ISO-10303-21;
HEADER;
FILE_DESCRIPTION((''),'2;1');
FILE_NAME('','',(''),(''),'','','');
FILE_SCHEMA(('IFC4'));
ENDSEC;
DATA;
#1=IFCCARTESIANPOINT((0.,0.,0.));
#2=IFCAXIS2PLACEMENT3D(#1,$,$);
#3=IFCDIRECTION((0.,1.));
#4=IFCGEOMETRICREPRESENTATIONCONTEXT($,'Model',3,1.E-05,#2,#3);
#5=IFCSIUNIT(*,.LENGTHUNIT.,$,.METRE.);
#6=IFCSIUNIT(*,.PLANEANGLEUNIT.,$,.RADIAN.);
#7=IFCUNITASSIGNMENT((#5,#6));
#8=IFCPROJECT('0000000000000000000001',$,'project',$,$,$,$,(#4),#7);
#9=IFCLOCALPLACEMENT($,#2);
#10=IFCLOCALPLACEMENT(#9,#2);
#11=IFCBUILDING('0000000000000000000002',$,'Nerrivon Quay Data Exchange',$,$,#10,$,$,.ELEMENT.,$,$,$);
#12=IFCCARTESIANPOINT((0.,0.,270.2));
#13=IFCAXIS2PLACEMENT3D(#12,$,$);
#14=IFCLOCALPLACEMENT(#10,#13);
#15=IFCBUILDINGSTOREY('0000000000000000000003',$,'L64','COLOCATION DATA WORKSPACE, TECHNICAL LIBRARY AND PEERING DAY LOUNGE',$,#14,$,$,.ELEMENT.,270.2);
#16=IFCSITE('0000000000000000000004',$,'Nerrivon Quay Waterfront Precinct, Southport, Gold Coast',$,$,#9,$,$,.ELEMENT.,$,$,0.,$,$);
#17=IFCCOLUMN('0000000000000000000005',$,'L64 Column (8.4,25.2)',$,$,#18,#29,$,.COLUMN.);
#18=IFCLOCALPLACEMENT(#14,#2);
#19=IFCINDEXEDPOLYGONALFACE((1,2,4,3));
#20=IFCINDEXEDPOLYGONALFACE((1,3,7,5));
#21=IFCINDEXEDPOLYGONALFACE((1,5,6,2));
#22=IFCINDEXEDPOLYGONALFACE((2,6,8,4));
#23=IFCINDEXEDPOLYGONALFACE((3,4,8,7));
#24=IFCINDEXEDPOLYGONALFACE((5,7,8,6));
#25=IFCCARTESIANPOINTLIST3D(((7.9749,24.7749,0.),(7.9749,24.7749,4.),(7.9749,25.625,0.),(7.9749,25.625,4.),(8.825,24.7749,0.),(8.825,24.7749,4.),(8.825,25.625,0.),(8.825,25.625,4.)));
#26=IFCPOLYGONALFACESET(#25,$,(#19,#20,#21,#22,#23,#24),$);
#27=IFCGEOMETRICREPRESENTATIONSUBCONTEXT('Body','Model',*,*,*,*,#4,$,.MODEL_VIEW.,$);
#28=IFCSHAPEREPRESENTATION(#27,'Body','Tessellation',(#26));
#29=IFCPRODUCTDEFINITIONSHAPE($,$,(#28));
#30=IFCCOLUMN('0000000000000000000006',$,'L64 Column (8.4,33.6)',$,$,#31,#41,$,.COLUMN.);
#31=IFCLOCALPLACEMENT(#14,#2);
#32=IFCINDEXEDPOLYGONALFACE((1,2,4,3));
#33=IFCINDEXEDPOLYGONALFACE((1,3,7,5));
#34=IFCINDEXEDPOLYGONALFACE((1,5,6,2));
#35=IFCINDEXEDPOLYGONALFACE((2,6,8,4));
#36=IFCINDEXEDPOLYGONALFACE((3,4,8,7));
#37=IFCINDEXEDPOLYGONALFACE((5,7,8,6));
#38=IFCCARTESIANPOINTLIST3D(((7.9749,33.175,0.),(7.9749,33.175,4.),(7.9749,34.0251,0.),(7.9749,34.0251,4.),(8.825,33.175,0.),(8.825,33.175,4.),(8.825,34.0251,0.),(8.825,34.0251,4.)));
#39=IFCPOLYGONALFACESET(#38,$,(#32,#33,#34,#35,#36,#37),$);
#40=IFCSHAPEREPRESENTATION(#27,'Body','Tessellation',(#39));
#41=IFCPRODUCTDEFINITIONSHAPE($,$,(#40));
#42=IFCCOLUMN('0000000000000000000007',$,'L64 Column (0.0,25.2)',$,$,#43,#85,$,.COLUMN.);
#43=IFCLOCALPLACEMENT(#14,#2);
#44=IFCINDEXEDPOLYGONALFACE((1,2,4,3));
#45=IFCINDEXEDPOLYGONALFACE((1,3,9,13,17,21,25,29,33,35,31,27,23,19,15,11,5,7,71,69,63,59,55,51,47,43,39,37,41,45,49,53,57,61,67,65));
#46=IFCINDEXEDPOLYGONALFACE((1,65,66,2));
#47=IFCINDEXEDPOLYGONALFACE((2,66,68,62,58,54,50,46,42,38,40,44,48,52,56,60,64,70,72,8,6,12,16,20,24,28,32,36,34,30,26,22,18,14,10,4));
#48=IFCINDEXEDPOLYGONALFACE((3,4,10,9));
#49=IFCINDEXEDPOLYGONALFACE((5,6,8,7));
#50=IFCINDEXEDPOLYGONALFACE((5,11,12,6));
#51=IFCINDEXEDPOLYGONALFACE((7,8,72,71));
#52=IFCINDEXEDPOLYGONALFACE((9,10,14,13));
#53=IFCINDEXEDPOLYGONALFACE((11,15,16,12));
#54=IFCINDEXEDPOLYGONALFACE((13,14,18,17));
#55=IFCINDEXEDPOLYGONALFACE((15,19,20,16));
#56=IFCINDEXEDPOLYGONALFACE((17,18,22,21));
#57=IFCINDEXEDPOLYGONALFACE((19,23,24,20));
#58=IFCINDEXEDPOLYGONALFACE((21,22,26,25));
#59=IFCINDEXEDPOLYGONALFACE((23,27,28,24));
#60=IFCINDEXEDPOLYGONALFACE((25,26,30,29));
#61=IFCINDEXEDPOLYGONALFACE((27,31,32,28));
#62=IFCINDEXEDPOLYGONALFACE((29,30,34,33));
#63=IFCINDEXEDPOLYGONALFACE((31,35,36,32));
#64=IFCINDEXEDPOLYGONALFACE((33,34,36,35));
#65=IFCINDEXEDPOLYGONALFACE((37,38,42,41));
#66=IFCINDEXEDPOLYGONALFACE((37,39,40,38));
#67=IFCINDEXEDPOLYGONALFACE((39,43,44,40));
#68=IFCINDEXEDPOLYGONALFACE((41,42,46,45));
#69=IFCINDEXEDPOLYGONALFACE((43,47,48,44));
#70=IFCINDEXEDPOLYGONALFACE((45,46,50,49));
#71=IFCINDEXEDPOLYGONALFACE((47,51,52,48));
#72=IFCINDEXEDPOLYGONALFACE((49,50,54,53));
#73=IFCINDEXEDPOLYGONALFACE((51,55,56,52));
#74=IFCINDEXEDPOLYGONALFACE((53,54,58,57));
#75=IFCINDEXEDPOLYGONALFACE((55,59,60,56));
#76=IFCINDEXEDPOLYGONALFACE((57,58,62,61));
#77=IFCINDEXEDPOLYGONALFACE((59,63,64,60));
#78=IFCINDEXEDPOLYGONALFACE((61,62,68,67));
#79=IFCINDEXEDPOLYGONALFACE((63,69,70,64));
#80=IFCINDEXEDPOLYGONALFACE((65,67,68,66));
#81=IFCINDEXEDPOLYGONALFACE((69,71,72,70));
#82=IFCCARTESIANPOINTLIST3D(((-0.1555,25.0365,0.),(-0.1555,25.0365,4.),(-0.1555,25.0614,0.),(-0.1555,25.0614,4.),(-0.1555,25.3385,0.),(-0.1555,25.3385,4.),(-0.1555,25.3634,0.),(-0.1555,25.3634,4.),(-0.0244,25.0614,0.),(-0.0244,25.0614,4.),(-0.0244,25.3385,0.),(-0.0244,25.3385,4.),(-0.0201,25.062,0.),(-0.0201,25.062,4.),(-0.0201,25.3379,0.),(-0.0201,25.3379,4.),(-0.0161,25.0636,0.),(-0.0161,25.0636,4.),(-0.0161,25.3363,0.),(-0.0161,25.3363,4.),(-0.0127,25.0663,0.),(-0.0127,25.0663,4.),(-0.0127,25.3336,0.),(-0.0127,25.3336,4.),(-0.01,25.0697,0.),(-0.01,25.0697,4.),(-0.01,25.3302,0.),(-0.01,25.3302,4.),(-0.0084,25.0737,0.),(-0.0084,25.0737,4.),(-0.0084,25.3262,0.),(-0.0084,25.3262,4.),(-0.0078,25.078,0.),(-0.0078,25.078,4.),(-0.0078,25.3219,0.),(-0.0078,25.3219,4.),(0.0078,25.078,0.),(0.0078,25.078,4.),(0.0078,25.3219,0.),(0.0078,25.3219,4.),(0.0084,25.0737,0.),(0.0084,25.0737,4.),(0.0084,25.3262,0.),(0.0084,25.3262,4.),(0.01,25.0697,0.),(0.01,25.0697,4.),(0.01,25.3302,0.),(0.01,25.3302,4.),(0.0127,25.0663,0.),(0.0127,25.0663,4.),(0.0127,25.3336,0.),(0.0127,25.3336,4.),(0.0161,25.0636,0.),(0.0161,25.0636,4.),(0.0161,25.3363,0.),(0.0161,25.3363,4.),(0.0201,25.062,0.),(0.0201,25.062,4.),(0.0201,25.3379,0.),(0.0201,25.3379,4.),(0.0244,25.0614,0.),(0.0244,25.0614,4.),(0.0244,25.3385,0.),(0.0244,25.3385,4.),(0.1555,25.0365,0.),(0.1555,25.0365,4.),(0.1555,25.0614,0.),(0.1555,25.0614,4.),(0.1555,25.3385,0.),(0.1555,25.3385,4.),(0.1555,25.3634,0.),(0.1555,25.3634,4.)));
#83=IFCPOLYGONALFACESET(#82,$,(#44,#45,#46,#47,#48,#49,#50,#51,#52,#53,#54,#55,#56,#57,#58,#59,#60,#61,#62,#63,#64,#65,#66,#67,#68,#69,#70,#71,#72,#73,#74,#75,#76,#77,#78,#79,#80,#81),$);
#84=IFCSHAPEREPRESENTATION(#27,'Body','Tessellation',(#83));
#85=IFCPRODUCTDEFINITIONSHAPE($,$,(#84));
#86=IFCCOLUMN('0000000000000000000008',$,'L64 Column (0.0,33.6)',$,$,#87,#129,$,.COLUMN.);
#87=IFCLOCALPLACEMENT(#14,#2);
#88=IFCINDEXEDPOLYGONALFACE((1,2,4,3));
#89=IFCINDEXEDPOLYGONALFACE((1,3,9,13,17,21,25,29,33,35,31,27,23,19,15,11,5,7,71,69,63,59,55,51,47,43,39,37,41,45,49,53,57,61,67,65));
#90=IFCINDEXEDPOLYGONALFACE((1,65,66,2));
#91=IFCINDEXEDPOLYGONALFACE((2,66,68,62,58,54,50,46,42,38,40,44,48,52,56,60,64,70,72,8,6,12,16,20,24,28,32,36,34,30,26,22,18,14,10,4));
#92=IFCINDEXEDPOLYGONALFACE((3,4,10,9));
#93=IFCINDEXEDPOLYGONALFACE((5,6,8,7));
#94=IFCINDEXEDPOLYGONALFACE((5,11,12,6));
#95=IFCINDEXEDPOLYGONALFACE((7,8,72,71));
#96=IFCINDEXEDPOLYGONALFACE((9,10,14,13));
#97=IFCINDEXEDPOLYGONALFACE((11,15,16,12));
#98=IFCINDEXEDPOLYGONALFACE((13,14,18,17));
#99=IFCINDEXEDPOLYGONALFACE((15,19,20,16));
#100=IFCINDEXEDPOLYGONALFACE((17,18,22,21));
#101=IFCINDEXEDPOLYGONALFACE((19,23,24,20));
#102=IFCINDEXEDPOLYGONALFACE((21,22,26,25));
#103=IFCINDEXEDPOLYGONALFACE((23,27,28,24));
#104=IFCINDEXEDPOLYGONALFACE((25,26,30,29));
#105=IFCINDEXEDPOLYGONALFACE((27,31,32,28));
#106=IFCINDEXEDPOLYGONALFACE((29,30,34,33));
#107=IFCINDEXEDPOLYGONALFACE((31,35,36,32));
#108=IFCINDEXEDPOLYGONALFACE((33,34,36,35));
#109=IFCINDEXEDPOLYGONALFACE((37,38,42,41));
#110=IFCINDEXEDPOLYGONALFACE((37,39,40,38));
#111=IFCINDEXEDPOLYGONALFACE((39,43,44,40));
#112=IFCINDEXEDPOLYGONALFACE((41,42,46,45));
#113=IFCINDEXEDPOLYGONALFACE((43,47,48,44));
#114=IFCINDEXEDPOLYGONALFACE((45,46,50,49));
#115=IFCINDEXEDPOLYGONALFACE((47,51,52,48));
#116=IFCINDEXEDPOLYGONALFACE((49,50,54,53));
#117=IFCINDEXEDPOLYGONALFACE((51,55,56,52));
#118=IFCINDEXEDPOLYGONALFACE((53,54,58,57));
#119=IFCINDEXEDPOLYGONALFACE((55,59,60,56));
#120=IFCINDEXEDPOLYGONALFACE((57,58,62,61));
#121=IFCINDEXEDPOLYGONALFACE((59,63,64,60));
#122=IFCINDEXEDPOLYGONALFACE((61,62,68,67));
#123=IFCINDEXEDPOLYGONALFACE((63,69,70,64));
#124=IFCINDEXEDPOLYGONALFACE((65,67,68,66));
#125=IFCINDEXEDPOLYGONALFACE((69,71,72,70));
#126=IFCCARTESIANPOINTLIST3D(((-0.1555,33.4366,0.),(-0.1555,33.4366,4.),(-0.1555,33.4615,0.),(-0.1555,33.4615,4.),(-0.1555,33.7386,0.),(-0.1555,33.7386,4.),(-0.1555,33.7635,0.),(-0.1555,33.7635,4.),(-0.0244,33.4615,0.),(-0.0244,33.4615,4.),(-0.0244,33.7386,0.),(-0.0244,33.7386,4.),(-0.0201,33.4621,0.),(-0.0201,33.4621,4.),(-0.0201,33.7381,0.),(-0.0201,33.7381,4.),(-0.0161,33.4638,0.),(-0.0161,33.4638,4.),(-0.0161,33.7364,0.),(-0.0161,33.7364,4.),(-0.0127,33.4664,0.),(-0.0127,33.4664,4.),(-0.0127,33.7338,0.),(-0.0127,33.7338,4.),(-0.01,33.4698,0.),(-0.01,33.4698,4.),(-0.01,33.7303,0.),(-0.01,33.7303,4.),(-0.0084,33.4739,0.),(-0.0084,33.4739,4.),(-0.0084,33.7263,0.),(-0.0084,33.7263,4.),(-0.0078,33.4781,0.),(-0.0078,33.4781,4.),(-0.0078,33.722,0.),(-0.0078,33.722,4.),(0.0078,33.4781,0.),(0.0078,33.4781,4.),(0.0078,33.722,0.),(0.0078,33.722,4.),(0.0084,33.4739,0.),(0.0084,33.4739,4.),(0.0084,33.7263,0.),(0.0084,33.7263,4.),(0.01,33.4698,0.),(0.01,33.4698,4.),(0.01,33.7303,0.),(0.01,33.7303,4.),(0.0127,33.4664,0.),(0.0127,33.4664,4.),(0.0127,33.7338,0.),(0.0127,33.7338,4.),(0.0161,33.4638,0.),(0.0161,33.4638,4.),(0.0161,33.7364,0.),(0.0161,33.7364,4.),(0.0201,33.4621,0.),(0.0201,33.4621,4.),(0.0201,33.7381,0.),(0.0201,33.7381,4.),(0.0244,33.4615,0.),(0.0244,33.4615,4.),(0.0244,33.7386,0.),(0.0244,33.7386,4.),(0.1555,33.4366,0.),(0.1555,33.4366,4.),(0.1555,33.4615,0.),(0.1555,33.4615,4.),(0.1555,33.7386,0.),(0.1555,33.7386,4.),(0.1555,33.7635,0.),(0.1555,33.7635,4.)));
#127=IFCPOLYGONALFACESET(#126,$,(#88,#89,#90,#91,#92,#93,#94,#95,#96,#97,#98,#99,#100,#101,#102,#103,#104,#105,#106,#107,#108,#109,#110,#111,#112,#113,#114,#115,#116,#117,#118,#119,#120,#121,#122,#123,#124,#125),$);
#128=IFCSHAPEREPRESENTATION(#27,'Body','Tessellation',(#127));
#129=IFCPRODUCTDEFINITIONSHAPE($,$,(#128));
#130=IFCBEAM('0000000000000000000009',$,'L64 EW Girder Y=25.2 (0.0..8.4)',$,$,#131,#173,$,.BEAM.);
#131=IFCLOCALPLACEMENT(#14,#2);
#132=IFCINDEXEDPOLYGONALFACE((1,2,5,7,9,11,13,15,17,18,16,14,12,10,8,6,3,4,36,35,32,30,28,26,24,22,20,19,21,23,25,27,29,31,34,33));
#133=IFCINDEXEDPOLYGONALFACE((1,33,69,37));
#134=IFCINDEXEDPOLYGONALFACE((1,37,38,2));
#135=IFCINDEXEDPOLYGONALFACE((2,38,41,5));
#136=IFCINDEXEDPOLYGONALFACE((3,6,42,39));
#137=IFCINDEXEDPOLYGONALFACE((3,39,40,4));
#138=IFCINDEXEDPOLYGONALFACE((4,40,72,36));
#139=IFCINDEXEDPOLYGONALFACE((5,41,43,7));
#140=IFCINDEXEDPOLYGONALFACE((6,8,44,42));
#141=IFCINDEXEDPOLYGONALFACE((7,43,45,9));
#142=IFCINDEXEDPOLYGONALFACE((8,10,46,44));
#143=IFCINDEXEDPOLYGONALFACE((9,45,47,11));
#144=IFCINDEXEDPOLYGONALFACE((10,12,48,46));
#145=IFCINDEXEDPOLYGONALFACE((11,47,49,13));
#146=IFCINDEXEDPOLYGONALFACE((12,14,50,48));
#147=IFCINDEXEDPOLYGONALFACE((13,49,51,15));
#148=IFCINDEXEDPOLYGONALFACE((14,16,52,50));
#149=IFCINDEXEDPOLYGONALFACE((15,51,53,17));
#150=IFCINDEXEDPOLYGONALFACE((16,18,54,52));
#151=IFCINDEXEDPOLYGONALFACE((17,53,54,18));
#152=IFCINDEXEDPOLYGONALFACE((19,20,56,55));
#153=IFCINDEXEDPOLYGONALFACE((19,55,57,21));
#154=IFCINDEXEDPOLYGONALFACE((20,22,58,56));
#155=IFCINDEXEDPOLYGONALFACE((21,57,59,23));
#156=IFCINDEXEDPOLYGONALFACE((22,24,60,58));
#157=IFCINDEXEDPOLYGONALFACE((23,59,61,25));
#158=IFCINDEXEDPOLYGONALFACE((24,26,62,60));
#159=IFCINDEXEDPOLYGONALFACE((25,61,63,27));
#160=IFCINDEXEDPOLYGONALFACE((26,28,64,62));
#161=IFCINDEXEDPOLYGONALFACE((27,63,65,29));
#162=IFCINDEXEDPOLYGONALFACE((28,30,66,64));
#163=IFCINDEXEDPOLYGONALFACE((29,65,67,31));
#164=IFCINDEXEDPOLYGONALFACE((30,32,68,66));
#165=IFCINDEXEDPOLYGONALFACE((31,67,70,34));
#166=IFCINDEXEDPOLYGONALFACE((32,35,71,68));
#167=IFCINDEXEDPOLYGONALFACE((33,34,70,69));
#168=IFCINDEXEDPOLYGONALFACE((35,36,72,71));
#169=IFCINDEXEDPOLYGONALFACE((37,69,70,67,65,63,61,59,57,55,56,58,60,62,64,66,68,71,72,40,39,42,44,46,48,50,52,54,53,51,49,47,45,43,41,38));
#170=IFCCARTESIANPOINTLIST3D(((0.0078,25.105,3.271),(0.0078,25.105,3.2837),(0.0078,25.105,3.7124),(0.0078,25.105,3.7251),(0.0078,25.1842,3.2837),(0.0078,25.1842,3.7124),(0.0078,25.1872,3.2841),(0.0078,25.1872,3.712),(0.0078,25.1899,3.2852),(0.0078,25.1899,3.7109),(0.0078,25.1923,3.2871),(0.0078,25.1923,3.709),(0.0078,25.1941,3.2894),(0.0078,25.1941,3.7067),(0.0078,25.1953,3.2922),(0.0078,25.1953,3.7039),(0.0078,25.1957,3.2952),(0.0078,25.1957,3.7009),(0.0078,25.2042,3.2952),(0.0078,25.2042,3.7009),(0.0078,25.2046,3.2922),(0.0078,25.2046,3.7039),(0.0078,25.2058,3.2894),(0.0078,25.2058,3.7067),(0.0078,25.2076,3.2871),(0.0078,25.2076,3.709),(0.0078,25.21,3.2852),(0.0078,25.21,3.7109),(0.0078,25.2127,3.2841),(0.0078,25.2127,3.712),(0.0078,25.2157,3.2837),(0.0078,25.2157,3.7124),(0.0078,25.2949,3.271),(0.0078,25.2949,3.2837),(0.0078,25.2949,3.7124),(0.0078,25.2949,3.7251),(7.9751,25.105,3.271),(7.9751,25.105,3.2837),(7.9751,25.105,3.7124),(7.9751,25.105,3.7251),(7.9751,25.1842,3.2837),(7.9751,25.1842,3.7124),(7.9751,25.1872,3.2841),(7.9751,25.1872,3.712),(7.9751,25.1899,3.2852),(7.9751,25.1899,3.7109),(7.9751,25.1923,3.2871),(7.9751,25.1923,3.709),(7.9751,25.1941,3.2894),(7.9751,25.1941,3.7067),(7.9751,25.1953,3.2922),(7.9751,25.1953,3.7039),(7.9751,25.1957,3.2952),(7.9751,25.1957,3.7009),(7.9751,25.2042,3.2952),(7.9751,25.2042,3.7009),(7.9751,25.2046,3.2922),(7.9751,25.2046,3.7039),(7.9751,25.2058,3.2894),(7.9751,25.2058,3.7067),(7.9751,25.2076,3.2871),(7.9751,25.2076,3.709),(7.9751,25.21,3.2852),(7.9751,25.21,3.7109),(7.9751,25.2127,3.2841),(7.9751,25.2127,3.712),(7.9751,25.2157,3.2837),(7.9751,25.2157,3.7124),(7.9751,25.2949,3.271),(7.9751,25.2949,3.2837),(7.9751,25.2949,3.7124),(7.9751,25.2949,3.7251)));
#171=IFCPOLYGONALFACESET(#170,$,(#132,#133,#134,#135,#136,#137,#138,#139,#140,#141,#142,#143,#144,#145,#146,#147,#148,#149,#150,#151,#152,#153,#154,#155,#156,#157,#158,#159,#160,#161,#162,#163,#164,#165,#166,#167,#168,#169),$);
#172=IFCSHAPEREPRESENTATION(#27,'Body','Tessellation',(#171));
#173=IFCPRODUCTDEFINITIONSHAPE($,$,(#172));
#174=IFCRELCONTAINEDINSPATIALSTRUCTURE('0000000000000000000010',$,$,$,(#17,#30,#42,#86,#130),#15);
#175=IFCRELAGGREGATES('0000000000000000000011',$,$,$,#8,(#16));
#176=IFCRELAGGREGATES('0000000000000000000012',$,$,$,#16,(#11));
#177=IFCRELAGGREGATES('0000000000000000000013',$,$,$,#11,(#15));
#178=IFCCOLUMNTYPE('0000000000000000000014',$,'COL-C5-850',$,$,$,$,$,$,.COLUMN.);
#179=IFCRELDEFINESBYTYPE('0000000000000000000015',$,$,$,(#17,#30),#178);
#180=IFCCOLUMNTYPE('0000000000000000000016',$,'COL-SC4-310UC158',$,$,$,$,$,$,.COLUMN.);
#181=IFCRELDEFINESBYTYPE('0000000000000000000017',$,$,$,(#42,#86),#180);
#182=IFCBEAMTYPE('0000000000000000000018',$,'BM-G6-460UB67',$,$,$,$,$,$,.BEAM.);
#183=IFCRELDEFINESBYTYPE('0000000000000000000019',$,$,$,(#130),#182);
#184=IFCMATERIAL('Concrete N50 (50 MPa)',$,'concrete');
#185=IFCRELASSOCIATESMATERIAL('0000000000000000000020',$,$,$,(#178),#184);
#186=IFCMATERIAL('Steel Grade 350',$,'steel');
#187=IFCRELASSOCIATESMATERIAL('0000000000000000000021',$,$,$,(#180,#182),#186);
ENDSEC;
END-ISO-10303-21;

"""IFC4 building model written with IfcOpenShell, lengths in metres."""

from ifc_helpers import new_model, si_unit, direction, frame, origin, origin_2d, place, context, subcontext, project, spatial, rectangle, i_section, extrude, material, material_profile, profile_set, type_object, element, save


model = new_model("IFC4")

# Units and contexts
model_context = context("Model", 3, precision=1e-05, world=origin(), true_north=direction((0.0, 1.0)))
body_context = subcontext(model_context, "Body", "Model", "MODEL_VIEW")
ifc_project = project(units=[si_unit("LENGTHUNIT", "METRE"), si_unit("PLANEANGLEUNIT", "RADIAN")], contexts=[model_context])

# Site, building, storey
site_placement = place(None, origin())
site = spatial("IfcSite", under=ifc_project, at=site_placement, Name="Nerrivon Quay Waterfront Precinct, Southport, Gold Coast", CompositionType="ELEMENT", RefElevation=0.0)
building_placement = place(site_placement, origin())
building = spatial("IfcBuilding", under=site, at=building_placement, Name="Nerrivon Quay Data Exchange", CompositionType="ELEMENT")
storey_placement = place(building_placement, frame((0.0, 0.0, 270.2)))
storey = spatial("IfcBuildingStorey", under=building, at=storey_placement, Name="L64", Description="COLOCATION DATA WORKSPACE, TECHNICAL LIBRARY AND PEERING DAY LOUNGE", CompositionType="ELEMENT", Elevation=270.2)

# Columns
ifc_material_1 = material(Name="Concrete N50 (50 MPa)", Category="concrete")
ifc_material_profile_1 = material_profile(ifc_material_1, rectangle(XDim=0.8501, YDim=0.8501, at=origin_2d()), Name="RC-COL-850x850")
ifc_profile_set_1 = profile_set([ifc_material_profile_1], Name="Concrete N50 (50 MPa)")
column_type_1 = type_object("IfcColumnType", Name="COL-C5-850", PredefinedType="COLUMN", material=ifc_profile_set_1)
for number, where, z_axis, x_axis, name in (
    (1, (8.3999, 25.2, 0.0), (0.0, 0.0, 1.0), (1.0, 0.0, 0.0), "L64 Column (8.4,25.2)"),
    (2, (8.3999, 33.6001, 0.0), (0.0, 0.0, 1.0), (1.0, 0.0, 0.0), "L64 Column (8.4,33.6)"),
):
    element("IfcColumn", number, at=place(storey_placement, frame(where, z_axis=z_axis, x_axis=x_axis)), inside=storey, type_object=column_type_1, Name=name, PredefinedType="COLUMN", context=body_context, shape_type="SweptSolid", body=[
        extrude(rectangle(XDim=0.8501, YDim=0.8501, at=origin_2d()), origin(), (0.0, 0.0, 1.0), 4.0),
    ])
ifc_material_2 = material(Name="Steel Grade 350", Category="steel")
ifc_material_profile_2 = material_profile(ifc_material_2, i_section(OverallWidth=0.311, OverallDepth=0.3269, WebThickness=0.0156, FlangeThickness=0.0249, FilletRadius=0.0166, at=origin_2d()), Name="310UC158")
ifc_profile_set_2 = profile_set([ifc_material_profile_2], Name="Steel Grade 350")
column_type_2 = type_object("IfcColumnType", Name="COL-SC4-310UC158", PredefinedType="COLUMN", material=ifc_profile_set_2)
for number, where, z_axis, x_axis, name in (
    (3, (0.0, 25.2, 0.0), (0.0, 0.0, 1.0), (1.0, 0.0, 0.0), "L64 Column (0.0,25.2)"),
    (4, (0.0, 33.6001, 0.0), (0.0, 0.0, 1.0), (1.0, 0.0, 0.0), "L64 Column (0.0,33.6)"),
):
    element("IfcColumn", number, at=place(storey_placement, frame(where, z_axis=z_axis, x_axis=x_axis)), inside=storey, type_object=column_type_2, Name=name, PredefinedType="COLUMN", context=body_context, shape_type="SweptSolid", body=[
        extrude(i_section(OverallWidth=0.311, OverallDepth=0.3269, WebThickness=0.0156, FlangeThickness=0.0249, FilletRadius=0.0166, at=origin_2d()), origin(), (0.0, 0.0, 1.0), 4.0),
    ])

# Beam
ifc_material_profile_3 = material_profile(ifc_material_2, i_section(OverallWidth=0.1899, OverallDepth=0.4541, WebThickness=0.0085, FlangeThickness=0.0127, FilletRadius=0.0115, at=origin_2d()), Name="460UB67.1")
ifc_profile_set_3 = profile_set([ifc_material_profile_3], Name="Steel Grade 350")
beam_type_1 = type_object("IfcBeamType", Name="BM-G6-460UB67", PredefinedType="BEAM", material=ifc_profile_set_3)
for number, where, z_axis, x_axis, name in (
    (5, (0.0078, 25.2, 3.498), (1.0, 0.0, 0.0), (0.0, 1.0, 0.0), "L64 EW Girder Y=25.2 (0.0..8.4)"),
):
    element("IfcBeam", number, at=place(storey_placement, frame(where, z_axis=z_axis, x_axis=x_axis)), inside=storey, type_object=beam_type_1, Name=name, PredefinedType="BEAM", context=body_context, shape_type="SweptSolid", body=[
        extrude(i_section(OverallWidth=0.1899, OverallDepth=0.4541, WebThickness=0.0085, FlangeThickness=0.0127, FilletRadius=0.0115, at=origin_2d()), origin(), (0.0, 0.0, 1.0), 7.9673),
    ])

save(model, "model.ifc")
